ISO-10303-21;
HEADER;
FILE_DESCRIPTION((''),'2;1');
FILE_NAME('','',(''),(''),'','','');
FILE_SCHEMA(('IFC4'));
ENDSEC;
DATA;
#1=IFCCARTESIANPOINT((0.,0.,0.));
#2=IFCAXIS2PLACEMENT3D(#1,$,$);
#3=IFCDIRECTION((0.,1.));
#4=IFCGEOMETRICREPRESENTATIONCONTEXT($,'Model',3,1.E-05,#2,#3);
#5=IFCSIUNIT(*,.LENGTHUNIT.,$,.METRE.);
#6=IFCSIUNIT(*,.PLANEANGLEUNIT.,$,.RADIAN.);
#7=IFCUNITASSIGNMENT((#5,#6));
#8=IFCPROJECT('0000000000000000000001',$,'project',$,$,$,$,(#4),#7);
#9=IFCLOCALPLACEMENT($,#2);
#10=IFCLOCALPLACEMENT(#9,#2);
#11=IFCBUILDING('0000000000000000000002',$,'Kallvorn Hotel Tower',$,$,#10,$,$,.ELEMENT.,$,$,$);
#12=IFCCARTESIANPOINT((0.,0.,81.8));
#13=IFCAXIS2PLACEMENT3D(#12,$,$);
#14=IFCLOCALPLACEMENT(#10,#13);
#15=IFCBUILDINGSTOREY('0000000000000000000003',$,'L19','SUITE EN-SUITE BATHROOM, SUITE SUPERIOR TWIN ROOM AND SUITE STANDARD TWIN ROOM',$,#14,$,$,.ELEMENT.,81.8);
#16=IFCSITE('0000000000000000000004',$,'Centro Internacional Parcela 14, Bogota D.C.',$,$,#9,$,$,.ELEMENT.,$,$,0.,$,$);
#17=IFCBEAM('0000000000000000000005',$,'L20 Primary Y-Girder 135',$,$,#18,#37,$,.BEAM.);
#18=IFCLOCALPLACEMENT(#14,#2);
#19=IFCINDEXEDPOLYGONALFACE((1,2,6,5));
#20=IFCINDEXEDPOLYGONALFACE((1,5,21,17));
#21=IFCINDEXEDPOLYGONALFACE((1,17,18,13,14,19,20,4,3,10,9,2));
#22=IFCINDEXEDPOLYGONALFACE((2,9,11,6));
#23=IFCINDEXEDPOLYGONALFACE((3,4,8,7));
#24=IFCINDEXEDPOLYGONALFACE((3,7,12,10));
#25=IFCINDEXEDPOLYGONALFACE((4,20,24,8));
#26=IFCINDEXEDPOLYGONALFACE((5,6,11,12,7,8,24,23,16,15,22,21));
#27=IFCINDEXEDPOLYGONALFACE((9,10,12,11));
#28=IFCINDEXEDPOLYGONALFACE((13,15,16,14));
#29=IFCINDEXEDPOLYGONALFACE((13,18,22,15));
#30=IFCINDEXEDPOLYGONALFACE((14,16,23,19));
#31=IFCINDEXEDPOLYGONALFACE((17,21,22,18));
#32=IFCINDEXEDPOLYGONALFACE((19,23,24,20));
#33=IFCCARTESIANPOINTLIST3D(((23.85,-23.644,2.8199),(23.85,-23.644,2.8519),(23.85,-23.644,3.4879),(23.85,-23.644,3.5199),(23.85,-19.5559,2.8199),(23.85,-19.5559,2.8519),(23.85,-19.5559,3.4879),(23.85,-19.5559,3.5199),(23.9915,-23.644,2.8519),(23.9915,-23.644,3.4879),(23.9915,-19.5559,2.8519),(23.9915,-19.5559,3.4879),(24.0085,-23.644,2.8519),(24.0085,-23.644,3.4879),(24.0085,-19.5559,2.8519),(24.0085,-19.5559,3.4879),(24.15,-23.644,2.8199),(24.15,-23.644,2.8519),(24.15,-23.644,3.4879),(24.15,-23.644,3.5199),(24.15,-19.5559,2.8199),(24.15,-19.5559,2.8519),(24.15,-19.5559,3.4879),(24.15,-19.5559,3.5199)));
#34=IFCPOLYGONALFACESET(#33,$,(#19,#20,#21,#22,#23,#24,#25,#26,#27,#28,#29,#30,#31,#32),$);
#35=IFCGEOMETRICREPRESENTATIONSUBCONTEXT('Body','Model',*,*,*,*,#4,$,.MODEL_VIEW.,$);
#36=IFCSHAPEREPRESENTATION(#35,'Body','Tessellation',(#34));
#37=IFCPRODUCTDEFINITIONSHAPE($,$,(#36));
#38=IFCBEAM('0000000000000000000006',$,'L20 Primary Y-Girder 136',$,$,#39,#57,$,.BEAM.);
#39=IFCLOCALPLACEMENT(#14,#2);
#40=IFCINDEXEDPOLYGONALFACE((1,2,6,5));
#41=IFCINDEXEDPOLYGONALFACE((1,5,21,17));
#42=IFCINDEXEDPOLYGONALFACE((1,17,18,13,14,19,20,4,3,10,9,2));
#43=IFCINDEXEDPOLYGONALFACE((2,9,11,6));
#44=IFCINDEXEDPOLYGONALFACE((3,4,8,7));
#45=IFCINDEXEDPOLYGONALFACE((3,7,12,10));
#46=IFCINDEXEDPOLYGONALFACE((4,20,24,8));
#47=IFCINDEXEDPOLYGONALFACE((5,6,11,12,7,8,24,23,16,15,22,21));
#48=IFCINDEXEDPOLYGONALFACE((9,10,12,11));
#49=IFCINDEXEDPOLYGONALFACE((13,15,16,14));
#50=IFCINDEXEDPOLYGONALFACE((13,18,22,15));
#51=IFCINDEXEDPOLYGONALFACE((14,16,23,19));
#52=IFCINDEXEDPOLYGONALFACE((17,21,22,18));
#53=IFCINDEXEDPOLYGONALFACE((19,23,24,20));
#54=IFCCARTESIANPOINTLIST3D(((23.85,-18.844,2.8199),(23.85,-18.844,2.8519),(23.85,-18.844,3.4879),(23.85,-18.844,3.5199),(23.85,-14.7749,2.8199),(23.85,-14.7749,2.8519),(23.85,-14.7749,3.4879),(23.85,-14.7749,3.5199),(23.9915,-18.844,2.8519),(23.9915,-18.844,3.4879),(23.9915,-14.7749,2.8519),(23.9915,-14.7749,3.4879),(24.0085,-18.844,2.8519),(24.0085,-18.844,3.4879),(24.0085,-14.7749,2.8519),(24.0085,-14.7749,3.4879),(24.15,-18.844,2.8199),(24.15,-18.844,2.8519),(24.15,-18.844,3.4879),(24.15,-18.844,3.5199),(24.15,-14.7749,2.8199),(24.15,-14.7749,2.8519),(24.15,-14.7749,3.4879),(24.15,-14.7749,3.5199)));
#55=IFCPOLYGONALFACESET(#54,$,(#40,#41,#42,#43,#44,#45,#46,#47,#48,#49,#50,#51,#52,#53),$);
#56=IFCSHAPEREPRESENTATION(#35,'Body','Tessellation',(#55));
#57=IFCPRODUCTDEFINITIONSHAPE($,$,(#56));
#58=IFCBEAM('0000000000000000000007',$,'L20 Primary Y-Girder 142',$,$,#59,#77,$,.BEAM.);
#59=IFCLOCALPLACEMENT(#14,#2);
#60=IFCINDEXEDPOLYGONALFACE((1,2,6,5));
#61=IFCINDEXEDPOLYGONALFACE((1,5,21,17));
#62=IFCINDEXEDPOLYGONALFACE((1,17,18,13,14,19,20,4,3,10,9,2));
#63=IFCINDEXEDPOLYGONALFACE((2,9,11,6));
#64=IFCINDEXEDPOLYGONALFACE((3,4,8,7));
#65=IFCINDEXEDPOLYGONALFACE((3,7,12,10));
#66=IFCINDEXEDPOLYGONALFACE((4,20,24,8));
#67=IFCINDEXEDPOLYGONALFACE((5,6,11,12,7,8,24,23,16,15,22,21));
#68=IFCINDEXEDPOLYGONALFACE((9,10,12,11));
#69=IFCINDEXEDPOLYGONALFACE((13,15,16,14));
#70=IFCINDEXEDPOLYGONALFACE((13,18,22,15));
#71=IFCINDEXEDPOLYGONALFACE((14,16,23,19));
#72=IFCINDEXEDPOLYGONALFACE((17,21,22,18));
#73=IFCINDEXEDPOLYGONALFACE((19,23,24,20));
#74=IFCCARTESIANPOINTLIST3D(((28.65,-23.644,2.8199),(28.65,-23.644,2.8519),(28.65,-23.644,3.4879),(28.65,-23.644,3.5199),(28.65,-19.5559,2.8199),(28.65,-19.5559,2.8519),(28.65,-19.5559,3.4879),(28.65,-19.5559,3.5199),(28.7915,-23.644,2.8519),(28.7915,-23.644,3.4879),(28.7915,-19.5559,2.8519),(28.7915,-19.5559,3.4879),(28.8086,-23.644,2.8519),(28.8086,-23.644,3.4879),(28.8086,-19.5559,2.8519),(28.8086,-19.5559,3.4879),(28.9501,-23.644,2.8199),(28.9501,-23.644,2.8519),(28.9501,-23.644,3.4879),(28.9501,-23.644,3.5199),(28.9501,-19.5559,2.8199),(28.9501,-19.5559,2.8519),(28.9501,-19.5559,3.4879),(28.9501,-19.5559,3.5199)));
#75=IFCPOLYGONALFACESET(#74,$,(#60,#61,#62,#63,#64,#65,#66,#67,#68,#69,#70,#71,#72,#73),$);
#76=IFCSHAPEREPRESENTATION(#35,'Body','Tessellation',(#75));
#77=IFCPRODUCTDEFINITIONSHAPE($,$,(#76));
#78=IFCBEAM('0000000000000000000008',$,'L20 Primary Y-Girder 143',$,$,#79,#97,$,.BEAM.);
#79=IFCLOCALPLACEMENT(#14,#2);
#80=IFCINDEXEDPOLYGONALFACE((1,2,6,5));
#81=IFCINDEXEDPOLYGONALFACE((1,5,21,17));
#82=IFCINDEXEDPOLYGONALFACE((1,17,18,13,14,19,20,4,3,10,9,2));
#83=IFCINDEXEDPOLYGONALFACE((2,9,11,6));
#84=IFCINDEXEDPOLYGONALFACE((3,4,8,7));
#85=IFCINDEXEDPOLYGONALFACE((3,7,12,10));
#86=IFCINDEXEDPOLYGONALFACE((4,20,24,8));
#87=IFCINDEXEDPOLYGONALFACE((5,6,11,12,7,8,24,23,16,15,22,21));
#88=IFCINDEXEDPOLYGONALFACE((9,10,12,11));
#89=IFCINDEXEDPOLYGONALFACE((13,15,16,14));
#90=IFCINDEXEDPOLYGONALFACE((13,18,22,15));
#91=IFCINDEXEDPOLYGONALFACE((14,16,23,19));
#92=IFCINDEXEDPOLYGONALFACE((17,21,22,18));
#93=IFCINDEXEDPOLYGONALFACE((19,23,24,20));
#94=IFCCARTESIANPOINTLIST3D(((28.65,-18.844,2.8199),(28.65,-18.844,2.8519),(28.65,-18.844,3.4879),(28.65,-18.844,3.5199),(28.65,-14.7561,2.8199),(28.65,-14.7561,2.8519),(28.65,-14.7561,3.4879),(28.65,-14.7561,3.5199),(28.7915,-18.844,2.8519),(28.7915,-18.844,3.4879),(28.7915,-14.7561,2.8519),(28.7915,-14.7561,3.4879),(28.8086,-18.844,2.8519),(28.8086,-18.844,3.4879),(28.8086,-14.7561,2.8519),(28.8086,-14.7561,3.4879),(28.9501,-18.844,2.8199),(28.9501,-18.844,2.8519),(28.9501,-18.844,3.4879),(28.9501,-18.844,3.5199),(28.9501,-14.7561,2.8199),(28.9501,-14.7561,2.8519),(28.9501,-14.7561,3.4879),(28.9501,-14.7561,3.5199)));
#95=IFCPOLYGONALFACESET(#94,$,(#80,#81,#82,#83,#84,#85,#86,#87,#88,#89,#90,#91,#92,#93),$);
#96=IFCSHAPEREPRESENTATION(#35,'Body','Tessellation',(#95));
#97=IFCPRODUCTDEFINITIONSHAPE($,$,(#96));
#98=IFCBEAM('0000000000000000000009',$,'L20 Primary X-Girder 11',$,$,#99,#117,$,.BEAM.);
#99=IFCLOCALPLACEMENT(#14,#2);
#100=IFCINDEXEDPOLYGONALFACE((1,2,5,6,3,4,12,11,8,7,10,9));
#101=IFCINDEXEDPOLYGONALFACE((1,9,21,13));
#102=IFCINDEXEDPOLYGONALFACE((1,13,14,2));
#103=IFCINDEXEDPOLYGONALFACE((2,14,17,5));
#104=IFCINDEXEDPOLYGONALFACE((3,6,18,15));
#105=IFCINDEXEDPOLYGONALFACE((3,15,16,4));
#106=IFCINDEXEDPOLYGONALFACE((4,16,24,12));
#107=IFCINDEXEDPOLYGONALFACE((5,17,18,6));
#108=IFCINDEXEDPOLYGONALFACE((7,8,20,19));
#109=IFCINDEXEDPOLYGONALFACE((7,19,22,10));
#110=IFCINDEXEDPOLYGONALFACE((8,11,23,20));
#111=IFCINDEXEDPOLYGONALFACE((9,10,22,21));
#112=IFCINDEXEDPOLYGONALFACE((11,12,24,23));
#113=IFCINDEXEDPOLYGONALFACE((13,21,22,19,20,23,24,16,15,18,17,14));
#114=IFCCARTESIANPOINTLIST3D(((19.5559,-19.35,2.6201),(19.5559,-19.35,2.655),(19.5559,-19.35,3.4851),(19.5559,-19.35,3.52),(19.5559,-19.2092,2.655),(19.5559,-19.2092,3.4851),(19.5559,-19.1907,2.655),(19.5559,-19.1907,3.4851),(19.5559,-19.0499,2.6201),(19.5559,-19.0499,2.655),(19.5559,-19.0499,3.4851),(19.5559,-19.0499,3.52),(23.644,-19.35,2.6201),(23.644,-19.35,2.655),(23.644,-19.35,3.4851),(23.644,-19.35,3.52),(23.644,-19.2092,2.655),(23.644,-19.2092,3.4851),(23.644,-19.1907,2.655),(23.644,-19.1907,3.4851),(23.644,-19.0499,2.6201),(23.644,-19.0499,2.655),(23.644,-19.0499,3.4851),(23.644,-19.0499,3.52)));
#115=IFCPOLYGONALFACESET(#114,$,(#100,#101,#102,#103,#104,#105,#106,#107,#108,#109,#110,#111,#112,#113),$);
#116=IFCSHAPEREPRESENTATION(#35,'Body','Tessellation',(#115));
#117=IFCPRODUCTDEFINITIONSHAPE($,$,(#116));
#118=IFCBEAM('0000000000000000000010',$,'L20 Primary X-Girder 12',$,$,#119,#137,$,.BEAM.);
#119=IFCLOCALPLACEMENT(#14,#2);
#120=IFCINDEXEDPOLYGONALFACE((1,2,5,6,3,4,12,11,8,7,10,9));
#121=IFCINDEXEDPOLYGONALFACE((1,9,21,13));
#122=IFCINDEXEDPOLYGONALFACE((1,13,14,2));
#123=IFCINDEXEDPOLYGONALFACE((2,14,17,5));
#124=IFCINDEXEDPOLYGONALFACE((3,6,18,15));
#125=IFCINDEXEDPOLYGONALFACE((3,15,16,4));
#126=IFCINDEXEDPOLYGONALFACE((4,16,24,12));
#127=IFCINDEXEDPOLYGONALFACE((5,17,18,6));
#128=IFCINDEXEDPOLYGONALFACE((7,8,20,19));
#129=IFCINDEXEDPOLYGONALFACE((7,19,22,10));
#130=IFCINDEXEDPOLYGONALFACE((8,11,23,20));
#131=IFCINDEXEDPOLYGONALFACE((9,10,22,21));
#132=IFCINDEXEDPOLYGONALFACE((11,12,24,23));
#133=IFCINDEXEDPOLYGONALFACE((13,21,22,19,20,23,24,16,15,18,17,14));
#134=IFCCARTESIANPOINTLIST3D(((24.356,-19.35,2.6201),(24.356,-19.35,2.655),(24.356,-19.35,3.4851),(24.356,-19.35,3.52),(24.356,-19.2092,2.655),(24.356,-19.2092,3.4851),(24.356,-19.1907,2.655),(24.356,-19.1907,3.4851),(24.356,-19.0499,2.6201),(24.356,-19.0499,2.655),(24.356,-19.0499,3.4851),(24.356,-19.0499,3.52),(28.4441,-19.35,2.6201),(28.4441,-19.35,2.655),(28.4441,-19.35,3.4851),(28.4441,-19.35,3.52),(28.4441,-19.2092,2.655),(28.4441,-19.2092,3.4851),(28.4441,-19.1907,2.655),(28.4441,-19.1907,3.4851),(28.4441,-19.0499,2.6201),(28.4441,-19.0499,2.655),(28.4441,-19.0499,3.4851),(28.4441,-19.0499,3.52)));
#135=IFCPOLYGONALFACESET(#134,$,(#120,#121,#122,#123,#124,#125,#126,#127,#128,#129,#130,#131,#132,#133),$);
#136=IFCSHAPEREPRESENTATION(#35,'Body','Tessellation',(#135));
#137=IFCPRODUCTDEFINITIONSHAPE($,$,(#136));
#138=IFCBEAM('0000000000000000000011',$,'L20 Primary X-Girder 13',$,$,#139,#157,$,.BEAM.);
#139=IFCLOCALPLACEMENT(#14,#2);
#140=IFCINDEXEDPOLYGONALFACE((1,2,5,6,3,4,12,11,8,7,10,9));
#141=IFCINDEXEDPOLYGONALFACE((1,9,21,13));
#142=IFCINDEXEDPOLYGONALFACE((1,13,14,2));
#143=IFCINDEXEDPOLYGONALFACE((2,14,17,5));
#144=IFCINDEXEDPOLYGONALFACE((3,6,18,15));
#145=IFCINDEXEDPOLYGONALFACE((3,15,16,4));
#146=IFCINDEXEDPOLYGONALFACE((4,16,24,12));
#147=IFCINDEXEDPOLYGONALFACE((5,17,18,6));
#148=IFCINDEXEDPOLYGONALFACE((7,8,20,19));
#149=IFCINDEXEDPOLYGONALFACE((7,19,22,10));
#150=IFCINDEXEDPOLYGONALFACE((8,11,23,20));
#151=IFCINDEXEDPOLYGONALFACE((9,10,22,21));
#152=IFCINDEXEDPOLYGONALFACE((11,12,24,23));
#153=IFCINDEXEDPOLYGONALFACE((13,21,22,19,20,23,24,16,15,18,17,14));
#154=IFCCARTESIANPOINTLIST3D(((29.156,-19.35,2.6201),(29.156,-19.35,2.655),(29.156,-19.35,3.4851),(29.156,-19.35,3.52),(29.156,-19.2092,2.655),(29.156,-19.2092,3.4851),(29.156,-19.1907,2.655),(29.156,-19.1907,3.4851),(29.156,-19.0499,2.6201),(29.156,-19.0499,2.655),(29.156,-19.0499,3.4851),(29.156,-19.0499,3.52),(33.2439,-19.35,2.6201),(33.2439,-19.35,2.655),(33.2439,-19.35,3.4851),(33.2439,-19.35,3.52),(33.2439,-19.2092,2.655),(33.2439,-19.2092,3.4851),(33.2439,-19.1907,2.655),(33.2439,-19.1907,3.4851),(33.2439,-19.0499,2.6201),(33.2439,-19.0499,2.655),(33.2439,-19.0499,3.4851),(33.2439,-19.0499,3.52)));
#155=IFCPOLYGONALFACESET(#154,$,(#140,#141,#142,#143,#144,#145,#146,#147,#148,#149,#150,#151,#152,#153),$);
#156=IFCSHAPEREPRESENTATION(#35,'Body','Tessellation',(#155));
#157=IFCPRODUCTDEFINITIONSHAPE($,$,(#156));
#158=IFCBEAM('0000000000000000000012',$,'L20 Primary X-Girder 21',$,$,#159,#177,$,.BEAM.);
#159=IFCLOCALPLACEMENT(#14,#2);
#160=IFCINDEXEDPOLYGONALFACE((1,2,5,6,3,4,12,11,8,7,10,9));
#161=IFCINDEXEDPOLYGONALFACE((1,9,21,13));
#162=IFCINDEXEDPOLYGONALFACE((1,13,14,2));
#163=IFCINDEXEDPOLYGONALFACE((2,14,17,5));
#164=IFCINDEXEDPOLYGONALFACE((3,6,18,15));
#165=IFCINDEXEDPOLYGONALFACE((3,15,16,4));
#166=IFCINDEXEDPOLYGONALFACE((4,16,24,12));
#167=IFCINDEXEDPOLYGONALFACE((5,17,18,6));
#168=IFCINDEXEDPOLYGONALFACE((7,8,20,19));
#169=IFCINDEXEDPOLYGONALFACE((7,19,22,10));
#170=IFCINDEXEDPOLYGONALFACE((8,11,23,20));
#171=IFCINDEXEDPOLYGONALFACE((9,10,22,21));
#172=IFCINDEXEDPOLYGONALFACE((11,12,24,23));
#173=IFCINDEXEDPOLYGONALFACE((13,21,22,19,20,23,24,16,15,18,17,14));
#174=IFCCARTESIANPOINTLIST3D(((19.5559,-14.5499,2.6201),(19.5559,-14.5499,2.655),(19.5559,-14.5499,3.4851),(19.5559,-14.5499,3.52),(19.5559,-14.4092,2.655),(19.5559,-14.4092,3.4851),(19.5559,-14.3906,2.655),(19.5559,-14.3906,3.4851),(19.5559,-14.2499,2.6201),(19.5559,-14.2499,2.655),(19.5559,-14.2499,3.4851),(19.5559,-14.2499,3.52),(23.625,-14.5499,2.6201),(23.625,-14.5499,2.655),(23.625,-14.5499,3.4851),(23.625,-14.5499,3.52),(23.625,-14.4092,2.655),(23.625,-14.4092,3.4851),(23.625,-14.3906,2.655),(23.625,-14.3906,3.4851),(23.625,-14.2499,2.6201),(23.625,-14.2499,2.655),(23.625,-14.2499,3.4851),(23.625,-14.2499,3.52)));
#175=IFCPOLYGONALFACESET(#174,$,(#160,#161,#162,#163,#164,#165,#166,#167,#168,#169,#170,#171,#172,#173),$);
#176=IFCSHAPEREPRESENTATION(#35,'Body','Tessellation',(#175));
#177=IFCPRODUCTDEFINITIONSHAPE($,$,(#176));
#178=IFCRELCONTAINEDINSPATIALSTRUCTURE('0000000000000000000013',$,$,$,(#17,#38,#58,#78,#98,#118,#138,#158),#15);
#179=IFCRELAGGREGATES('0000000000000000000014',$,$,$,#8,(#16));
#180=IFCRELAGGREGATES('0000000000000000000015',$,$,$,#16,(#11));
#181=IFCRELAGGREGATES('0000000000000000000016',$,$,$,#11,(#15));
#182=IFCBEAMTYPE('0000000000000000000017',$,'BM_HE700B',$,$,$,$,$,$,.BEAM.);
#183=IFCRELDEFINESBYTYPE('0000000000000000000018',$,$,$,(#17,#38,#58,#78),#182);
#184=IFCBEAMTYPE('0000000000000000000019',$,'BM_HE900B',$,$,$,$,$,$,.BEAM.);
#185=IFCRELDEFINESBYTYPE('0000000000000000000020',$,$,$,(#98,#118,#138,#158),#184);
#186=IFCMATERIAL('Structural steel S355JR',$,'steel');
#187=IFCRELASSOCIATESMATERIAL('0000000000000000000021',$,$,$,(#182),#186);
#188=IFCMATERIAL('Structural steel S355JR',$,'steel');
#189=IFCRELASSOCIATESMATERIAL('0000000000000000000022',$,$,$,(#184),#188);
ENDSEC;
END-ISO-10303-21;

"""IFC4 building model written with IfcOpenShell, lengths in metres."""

from ifc_helpers import new_model, si_unit, direction, frame, origin, origin_2d, place, context, subcontext, project, spatial, i_section, extrude, material, material_profile, profile_set, type_object, element, save


model = new_model("IFC4")

# Units and contexts
model_context = context("Model", 3, precision=1e-05, world=origin(), true_north=direction((0.0, 1.0)))
body_context = subcontext(model_context, "Body", "Model", "MODEL_VIEW")
ifc_project = project(units=[si_unit("LENGTHUNIT", "METRE"), si_unit("PLANEANGLEUNIT", "RADIAN")], contexts=[model_context])

# Site, building, storey
site_placement = place(None, origin())
site = spatial("IfcSite", under=ifc_project, at=site_placement, Name="Centro Internacional Parcela 14, Bogota D.C.", CompositionType="ELEMENT", RefElevation=0.0)
building_placement = place(site_placement, origin())
building = spatial("IfcBuilding", under=site, at=building_placement, Name="Kallvorn Hotel Tower", CompositionType="ELEMENT")
storey_placement = place(building_placement, frame((0.0, 0.0, 81.8)))
storey = spatial("IfcBuildingStorey", under=building, at=storey_placement, Name="L19", Description="SUITE EN-SUITE BATHROOM, SUITE SUPERIOR TWIN ROOM AND SUITE STANDARD TWIN ROOM", CompositionType="ELEMENT", Elevation=81.8)

# Beams
ifc_material_1 = material(Name="Structural steel S355JR", Category="steel")
ifc_material_profile_1 = material_profile(ifc_material_1, i_section(OverallWidth=0.3, OverallDepth=0.7, WebThickness=0.0171, FlangeThickness=0.032, at=origin_2d()), Name="HE 700 B")
ifc_profile_set_1 = profile_set([ifc_material_profile_1], Name="Structural steel S355JR")
beam_type_1 = type_object("IfcBeamType", Name="BM_HE700B", PredefinedType="BEAM", material=ifc_profile_set_1)
beam_1_placement = place(storey_placement, frame((24.0, -23.644, 3.1699), z_axis=(0.0, 1.0, 0.0), x_axis=(-1.0, 0.0, 0.0)))
element("IfcBeam", 1, at=beam_1_placement, inside=storey, type_object=beam_type_1, Name="L20 Primary Y-Girder 135", PredefinedType="BEAM", context=body_context, shape_type="SweptSolid", body=[
    extrude(i_section(OverallWidth=0.3, OverallDepth=0.7, WebThickness=0.0171, FlangeThickness=0.032, at=origin_2d()), origin(), (0.0, 0.0, 1.0), 4.0881),
])
beam_2_placement = place(storey_placement, frame((24.0, -18.844, 3.1699), z_axis=(0.0, 1.0, 0.0), x_axis=(-1.0, 0.0, 0.0)))
element("IfcBeam", 2, at=beam_2_placement, inside=storey, type_object=beam_type_1, Name="L20 Primary Y-Girder 136", PredefinedType="BEAM", context=body_context, shape_type="SweptSolid", body=[
    extrude(i_section(OverallWidth=0.3, OverallDepth=0.7, WebThickness=0.0171, FlangeThickness=0.032, at=origin_2d()), origin(), (0.0, 0.0, 1.0), 4.0691),
])
beam_3_placement = place(storey_placement, frame((28.8, -23.644, 3.1699), z_axis=(0.0, 1.0, 0.0), x_axis=(-1.0, 0.0, 0.0)))
element("IfcBeam", 3, at=beam_3_placement, inside=storey, type_object=beam_type_1, Name="L20 Primary Y-Girder 142", PredefinedType="BEAM", context=body_context, shape_type="SweptSolid", body=[
    extrude(i_section(OverallWidth=0.3, OverallDepth=0.7, WebThickness=0.0171, FlangeThickness=0.032, at=origin_2d()), origin(), (0.0, 0.0, 1.0), 4.0881),
])
beam_4_placement = place(storey_placement, frame((28.8, -18.844, 3.1699), z_axis=(0.0, 1.0, 0.0), x_axis=(-1.0, 0.0, 0.0)))
element("IfcBeam", 4, at=beam_4_placement, inside=storey, type_object=beam_type_1, Name="L20 Primary Y-Girder 143", PredefinedType="BEAM", context=body_context, shape_type="SweptSolid", body=[
    extrude(i_section(OverallWidth=0.3, OverallDepth=0.7, WebThickness=0.0171, FlangeThickness=0.032, at=origin_2d()), origin(), (0.0, 0.0, 1.0), 4.0879),
])
ifc_material_2 = material(Name="Structural steel S355JR", Category="steel")
ifc_material_profile_2 = material_profile(ifc_material_2, i_section(OverallWidth=0.3, OverallDepth=0.8999, WebThickness=0.0186, FlangeThickness=0.0349, at=origin_2d()), Name="HE 900 B")
ifc_profile_set_2 = profile_set([ifc_material_profile_2], Name="Structural steel S355JR")
beam_type_2 = type_object("IfcBeamType", Name="BM_HE900B", PredefinedType="BEAM", material=ifc_profile_set_2)
for number, where, z_axis, x_axis, name in (
    (5, (19.5559, -19.2, 3.0701), (1.0, 0.0, 0.0), (0.0, 1.0, 0.0), "L20 Primary X-Girder 11"),
    (6, (24.356, -19.2, 3.0701), (1.0, 0.0, 0.0), (0.0, 1.0, 0.0), "L20 Primary X-Girder 12"),
):
    element("IfcBeam", number, at=place(storey_placement, frame(where, z_axis=z_axis, x_axis=x_axis)), inside=storey, type_object=beam_type_2, Name=name, PredefinedType="BEAM", context=body_context, shape_type="SweptSolid", body=[
        extrude(i_section(OverallWidth=0.3, OverallDepth=0.8999, WebThickness=0.0186, FlangeThickness=0.0349, at=origin_2d()), origin(), (0.0, 0.0, 1.0), 4.0881),
    ])
beam_5_placement = place(storey_placement, frame((29.156, -19.2, 3.0701), z_axis=(1.0, 0.0, 0.0), x_axis=(0.0, 1.0, 0.0)))
element("IfcBeam", 7, at=beam_5_placement, inside=storey, type_object=beam_type_2, Name="L20 Primary X-Girder 13", PredefinedType="BEAM", context=body_context, shape_type="SweptSolid", body=[
    extrude(i_section(OverallWidth=0.3, OverallDepth=0.8999, WebThickness=0.0186, FlangeThickness=0.0349, at=origin_2d()), origin(), (0.0, 0.0, 1.0), 4.0879),
])
beam_6_placement = place(storey_placement, frame((19.5559, -14.3999, 3.0701), z_axis=(1.0, 0.0, 0.0), x_axis=(0.0, 1.0, 0.0)))
element("IfcBeam", 8, at=beam_6_placement, inside=storey, type_object=beam_type_2, Name="L20 Primary X-Girder 21", PredefinedType="BEAM", context=body_context, shape_type="SweptSolid", body=[
    extrude(i_section(OverallWidth=0.3, OverallDepth=0.8999, WebThickness=0.0186, FlangeThickness=0.0349, at=origin_2d()), origin(), (0.0, 0.0, 1.0), 4.0691),
])

save(model, "model.ifc")
